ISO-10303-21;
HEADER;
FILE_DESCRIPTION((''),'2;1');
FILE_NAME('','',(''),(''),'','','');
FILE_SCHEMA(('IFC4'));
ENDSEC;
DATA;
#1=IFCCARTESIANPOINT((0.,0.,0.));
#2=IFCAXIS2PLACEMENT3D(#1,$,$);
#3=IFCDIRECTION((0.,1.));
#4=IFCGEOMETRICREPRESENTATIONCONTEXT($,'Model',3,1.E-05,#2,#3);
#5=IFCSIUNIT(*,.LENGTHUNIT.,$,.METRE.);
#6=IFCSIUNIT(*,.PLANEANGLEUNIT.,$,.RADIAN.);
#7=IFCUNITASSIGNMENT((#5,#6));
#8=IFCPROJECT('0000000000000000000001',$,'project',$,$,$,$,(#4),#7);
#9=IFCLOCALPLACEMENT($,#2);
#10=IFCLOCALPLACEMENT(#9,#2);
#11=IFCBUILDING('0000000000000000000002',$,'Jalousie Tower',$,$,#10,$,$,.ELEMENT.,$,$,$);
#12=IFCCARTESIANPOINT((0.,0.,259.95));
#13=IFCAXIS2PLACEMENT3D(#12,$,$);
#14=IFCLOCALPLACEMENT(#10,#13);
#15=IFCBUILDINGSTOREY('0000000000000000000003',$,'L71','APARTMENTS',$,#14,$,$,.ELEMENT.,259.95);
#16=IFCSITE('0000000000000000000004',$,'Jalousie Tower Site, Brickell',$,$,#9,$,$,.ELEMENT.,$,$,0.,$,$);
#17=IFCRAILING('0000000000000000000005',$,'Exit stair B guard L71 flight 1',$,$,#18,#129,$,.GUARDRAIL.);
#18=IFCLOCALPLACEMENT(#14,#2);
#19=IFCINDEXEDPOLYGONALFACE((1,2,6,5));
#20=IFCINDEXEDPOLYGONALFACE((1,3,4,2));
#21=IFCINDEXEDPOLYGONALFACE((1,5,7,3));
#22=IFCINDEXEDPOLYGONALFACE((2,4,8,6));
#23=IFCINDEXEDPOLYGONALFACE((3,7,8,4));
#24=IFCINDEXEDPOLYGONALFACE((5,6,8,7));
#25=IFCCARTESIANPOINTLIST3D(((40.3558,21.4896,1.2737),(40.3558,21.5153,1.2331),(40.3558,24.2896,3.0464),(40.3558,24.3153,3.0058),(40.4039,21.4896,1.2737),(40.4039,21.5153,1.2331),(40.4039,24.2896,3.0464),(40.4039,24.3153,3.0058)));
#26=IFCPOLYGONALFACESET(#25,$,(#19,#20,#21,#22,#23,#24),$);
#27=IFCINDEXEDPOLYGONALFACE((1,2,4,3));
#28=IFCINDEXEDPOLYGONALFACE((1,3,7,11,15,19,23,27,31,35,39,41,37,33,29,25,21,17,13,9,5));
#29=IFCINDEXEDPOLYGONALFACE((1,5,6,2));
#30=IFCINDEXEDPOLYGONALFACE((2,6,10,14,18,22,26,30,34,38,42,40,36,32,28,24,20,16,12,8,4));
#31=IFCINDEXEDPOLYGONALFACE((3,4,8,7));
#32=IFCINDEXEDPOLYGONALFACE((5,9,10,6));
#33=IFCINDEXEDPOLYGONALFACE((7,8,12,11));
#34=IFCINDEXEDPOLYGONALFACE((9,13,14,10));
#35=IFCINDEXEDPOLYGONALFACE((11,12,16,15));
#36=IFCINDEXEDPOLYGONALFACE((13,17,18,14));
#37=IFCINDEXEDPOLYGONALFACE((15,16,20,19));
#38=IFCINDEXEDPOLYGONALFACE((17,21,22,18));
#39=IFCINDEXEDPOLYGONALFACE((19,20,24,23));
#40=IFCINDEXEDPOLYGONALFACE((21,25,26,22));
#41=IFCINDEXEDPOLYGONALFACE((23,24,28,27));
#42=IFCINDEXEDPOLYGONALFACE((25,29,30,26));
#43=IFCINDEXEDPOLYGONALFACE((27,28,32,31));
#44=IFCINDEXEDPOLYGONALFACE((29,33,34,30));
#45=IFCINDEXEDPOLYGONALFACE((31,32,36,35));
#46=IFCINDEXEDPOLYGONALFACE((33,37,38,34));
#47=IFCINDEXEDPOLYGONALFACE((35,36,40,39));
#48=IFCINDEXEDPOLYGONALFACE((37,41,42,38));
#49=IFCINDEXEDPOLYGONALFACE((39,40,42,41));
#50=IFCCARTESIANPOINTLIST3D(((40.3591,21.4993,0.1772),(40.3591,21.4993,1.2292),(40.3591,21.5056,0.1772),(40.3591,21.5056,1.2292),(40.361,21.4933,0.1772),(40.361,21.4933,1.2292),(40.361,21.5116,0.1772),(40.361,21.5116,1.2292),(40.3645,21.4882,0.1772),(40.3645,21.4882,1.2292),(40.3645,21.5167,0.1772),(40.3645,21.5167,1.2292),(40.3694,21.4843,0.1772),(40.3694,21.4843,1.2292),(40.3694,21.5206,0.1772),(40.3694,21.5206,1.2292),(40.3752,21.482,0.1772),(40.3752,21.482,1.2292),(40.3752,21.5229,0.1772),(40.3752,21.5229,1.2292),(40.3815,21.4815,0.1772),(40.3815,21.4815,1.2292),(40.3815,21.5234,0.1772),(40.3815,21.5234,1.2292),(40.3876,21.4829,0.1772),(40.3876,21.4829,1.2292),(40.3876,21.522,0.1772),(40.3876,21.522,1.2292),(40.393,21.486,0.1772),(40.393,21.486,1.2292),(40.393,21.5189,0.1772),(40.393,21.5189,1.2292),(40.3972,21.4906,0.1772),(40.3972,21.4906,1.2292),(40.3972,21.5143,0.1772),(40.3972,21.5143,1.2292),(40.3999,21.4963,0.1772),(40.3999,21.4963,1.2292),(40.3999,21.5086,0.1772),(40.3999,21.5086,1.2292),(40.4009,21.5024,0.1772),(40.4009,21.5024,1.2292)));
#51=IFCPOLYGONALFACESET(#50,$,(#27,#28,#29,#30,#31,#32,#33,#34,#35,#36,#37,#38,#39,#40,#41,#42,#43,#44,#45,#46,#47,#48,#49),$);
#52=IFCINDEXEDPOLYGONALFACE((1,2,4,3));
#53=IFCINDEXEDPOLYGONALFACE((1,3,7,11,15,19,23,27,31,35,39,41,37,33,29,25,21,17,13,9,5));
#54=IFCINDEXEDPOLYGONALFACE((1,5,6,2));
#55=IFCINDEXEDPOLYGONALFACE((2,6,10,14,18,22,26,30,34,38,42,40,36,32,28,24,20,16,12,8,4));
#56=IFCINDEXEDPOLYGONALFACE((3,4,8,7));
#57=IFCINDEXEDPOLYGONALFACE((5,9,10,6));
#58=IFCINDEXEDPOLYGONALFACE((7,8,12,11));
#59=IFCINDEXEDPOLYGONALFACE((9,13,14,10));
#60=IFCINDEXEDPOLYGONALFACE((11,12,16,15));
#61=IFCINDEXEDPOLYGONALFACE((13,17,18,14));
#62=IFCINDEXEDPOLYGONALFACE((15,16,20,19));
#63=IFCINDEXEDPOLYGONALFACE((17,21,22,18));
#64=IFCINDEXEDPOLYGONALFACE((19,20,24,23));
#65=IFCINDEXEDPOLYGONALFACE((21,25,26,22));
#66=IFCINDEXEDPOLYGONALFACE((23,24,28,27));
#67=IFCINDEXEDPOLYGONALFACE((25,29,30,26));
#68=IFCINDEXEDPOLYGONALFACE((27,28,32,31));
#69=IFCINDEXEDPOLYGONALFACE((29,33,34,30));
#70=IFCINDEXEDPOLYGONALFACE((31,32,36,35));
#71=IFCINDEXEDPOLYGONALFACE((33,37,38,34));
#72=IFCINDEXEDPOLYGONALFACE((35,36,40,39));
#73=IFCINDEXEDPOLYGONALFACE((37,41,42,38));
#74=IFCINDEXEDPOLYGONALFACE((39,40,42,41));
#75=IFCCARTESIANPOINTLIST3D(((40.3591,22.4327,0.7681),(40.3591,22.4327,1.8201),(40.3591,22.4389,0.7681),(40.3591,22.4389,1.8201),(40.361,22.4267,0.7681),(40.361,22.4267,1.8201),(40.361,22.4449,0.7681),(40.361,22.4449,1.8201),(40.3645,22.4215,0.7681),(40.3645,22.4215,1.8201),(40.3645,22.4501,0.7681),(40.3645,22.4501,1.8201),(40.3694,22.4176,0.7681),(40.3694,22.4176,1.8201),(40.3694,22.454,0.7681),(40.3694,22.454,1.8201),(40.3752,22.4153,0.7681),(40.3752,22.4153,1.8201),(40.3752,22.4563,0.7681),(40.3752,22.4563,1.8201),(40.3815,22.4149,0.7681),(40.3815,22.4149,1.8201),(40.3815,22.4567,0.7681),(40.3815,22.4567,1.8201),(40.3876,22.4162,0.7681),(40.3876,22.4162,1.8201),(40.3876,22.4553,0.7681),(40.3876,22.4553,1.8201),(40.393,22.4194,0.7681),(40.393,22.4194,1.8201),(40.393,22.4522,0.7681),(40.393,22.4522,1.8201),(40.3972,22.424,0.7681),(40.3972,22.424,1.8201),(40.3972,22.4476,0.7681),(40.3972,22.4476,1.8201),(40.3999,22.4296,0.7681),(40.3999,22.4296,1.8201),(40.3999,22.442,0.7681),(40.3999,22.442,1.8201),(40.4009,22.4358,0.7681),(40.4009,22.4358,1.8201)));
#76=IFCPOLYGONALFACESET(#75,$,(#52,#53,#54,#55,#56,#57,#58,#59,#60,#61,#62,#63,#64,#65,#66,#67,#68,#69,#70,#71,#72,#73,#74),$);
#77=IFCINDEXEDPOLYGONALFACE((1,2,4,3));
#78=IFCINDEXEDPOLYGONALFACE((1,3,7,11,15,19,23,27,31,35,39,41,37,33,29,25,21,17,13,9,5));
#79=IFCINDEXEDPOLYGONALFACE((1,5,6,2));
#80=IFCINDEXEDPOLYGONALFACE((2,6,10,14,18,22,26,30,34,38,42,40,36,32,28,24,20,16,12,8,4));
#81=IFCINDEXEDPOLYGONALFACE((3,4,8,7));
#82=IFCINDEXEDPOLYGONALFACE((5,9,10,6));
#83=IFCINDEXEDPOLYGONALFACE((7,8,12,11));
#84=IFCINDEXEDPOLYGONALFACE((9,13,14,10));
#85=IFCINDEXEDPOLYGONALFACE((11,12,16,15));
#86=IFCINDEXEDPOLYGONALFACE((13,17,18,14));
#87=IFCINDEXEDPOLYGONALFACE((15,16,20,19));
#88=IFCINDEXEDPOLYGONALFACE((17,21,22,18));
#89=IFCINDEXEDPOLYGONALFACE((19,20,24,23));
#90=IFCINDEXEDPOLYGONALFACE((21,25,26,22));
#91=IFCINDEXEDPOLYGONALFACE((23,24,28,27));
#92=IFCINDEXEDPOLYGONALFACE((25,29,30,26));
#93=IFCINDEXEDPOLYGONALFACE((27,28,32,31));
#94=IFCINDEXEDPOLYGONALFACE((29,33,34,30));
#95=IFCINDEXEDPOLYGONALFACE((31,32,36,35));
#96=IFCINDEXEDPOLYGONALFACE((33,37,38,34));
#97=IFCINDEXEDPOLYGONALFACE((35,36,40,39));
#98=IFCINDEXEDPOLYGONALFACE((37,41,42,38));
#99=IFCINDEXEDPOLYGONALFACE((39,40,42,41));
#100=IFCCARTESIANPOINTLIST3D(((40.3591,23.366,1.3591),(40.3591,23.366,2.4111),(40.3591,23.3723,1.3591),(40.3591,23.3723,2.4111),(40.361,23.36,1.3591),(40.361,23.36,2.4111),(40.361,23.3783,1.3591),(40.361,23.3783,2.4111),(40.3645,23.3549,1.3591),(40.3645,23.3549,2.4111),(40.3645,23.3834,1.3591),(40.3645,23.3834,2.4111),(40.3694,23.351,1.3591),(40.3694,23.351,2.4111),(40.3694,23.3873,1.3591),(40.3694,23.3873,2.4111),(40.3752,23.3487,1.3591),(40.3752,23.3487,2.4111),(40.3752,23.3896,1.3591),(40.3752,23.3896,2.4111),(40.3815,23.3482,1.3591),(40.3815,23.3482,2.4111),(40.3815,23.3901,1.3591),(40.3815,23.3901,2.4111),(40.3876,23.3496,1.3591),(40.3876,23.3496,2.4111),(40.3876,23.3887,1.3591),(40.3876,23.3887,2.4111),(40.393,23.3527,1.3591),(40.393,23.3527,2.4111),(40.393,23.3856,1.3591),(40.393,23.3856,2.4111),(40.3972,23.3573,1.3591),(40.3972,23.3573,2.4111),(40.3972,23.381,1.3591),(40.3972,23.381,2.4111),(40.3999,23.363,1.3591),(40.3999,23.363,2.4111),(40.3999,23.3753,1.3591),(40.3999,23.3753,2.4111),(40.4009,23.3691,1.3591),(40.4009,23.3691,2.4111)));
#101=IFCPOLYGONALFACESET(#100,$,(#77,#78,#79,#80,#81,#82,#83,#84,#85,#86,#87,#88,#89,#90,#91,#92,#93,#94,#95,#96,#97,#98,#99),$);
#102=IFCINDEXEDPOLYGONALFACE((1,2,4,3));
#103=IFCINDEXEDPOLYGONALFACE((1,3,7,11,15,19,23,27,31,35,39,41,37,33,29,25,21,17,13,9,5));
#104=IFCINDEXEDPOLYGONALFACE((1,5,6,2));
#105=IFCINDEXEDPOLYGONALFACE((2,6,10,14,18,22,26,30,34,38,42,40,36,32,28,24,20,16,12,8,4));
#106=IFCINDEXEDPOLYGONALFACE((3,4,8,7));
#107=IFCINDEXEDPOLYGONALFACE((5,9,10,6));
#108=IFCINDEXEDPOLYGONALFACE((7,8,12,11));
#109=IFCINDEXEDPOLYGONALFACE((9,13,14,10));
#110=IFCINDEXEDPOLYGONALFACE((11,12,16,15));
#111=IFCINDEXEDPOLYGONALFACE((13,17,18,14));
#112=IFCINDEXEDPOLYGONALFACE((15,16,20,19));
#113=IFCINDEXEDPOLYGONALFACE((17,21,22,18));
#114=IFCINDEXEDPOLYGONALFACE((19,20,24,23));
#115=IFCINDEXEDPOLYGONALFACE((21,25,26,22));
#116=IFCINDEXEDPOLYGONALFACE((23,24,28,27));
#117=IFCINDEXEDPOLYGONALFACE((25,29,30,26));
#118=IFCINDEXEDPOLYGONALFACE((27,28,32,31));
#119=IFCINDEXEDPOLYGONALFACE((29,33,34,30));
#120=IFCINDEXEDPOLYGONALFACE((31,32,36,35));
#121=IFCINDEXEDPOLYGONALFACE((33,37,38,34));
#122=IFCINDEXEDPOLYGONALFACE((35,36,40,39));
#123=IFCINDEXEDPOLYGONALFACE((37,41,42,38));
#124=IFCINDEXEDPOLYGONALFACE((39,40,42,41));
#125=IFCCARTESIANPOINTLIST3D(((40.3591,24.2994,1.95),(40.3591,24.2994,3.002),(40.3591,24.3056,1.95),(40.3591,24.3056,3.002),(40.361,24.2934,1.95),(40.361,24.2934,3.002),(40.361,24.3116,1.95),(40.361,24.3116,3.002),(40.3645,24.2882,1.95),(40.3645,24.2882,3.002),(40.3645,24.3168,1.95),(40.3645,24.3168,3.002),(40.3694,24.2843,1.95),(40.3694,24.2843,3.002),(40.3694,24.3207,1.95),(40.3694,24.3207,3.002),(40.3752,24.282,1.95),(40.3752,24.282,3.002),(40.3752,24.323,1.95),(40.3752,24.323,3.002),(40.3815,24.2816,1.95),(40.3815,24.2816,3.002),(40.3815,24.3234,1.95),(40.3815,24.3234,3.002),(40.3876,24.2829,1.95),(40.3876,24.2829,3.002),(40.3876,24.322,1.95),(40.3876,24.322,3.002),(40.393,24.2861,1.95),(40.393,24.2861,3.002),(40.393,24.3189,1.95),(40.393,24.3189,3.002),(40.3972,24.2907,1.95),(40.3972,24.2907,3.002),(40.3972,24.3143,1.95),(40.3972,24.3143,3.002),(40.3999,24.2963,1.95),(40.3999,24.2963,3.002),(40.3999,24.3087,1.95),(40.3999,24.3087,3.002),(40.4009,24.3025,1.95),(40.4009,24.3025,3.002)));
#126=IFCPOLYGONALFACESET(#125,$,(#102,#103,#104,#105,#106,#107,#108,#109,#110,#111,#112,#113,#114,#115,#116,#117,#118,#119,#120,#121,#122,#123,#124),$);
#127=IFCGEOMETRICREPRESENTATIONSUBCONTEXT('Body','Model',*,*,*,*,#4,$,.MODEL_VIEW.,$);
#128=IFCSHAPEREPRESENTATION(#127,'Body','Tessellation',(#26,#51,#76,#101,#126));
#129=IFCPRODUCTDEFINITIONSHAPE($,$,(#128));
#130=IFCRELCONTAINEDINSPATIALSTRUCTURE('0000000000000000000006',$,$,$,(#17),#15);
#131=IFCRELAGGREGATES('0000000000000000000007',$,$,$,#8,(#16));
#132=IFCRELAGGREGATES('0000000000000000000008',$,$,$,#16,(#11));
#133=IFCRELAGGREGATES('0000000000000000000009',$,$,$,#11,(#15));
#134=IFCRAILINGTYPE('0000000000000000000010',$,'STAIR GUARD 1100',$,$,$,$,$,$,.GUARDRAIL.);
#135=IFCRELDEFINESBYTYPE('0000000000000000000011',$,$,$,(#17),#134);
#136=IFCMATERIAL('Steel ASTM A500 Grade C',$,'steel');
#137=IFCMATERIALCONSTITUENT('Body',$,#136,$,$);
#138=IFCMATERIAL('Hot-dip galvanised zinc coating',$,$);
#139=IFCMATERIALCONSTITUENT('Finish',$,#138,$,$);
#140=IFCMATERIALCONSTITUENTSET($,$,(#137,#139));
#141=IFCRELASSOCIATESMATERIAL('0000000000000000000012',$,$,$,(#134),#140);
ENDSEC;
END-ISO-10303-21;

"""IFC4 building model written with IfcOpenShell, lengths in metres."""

from ifc_helpers import new_model, si_unit, direction, frame, origin, origin_2d, place, context, subcontext, project, spatial, rectangle, circle, extrude, material, constituent, constituent_set, type_object, element, save


model = new_model("IFC4")

# Units and contexts
model_context = context("Model", 3, precision=1e-05, world=origin(), true_north=direction((0.0, 1.0)))
body_context = subcontext(model_context, "Body", "Model", "MODEL_VIEW")
ifc_project = project(units=[si_unit("LENGTHUNIT", "METRE"), si_unit("PLANEANGLEUNIT", "RADIAN")], contexts=[model_context])

# Site, building, storey
site_placement = place(None, origin())
site = spatial("IfcSite", under=ifc_project, at=site_placement, Name="Jalousie Tower Site, Brickell", CompositionType="ELEMENT", RefElevation=0.0)
building_placement = place(site_placement, origin())
building = spatial("IfcBuilding", under=site, at=building_placement, Name="Jalousie Tower", CompositionType="ELEMENT")
storey_placement = place(building_placement, frame((0.0, 0.0, 259.95)))
storey = spatial("IfcBuildingStorey", under=building, at=storey_placement, Name="L71", Description="APARTMENTS", CompositionType="ELEMENT", Elevation=259.95)

# Railing
ifc_material_1 = material(Name="Steel ASTM A500 Grade C", Category="steel")
ifc_constituent_1 = constituent(ifc_material_1, Name="Body")
ifc_material_2 = material(Name="Hot-dip galvanised zinc coating")
ifc_constituent_2 = constituent(ifc_material_2, Name="Finish")
ifc_constituent_set_1 = constituent_set(constituents=[ifc_constituent_1, ifc_constituent_2])
railing_type_1 = type_object("IfcRailingType", Name="STAIR GUARD 1100", PredefinedType="GUARDRAIL", material=ifc_constituent_set_1)
railing_1_placement = place(storey_placement, frame((40.3799, 21.5024, 0.1772)))
element("IfcRailing", 1, at=railing_1_placement, inside=storey, type_object=railing_type_1, Name="Exit stair B guard L71 flight 1", PredefinedType="GUARDRAIL", context=body_context, shape_type="SweptSolid", body=[
    extrude(rectangle(XDim=0.0481, YDim=0.0481, at=origin_2d()), frame((0.0, 0.0, 1.0762), z_axis=(0.0, 0.844909, 0.53491), x_axis=(-1.0, 0.0, 0.0)), (0.0, 0.0, 1.0), 3.314),
    extrude(circle(Radius=0.021, at=origin_2d()), origin(), (0.0, 0.0, 1.0), 1.052),
    extrude(circle(Radius=0.021, at=origin_2d()), frame((0.0, 0.9333, 0.5908)), (0.0, 0.0, 1.0), 1.052),
    extrude(circle(Radius=0.021, at=origin_2d()), frame((0.0, 1.8667, 1.1819)), (0.0, 0.0, 1.0), 1.052),
    extrude(circle(Radius=0.021, at=origin_2d()), frame((0.0, 2.8, 1.7727)), (0.0, 0.0, 1.0), 1.052),
])

save(model, "model.ifc")
